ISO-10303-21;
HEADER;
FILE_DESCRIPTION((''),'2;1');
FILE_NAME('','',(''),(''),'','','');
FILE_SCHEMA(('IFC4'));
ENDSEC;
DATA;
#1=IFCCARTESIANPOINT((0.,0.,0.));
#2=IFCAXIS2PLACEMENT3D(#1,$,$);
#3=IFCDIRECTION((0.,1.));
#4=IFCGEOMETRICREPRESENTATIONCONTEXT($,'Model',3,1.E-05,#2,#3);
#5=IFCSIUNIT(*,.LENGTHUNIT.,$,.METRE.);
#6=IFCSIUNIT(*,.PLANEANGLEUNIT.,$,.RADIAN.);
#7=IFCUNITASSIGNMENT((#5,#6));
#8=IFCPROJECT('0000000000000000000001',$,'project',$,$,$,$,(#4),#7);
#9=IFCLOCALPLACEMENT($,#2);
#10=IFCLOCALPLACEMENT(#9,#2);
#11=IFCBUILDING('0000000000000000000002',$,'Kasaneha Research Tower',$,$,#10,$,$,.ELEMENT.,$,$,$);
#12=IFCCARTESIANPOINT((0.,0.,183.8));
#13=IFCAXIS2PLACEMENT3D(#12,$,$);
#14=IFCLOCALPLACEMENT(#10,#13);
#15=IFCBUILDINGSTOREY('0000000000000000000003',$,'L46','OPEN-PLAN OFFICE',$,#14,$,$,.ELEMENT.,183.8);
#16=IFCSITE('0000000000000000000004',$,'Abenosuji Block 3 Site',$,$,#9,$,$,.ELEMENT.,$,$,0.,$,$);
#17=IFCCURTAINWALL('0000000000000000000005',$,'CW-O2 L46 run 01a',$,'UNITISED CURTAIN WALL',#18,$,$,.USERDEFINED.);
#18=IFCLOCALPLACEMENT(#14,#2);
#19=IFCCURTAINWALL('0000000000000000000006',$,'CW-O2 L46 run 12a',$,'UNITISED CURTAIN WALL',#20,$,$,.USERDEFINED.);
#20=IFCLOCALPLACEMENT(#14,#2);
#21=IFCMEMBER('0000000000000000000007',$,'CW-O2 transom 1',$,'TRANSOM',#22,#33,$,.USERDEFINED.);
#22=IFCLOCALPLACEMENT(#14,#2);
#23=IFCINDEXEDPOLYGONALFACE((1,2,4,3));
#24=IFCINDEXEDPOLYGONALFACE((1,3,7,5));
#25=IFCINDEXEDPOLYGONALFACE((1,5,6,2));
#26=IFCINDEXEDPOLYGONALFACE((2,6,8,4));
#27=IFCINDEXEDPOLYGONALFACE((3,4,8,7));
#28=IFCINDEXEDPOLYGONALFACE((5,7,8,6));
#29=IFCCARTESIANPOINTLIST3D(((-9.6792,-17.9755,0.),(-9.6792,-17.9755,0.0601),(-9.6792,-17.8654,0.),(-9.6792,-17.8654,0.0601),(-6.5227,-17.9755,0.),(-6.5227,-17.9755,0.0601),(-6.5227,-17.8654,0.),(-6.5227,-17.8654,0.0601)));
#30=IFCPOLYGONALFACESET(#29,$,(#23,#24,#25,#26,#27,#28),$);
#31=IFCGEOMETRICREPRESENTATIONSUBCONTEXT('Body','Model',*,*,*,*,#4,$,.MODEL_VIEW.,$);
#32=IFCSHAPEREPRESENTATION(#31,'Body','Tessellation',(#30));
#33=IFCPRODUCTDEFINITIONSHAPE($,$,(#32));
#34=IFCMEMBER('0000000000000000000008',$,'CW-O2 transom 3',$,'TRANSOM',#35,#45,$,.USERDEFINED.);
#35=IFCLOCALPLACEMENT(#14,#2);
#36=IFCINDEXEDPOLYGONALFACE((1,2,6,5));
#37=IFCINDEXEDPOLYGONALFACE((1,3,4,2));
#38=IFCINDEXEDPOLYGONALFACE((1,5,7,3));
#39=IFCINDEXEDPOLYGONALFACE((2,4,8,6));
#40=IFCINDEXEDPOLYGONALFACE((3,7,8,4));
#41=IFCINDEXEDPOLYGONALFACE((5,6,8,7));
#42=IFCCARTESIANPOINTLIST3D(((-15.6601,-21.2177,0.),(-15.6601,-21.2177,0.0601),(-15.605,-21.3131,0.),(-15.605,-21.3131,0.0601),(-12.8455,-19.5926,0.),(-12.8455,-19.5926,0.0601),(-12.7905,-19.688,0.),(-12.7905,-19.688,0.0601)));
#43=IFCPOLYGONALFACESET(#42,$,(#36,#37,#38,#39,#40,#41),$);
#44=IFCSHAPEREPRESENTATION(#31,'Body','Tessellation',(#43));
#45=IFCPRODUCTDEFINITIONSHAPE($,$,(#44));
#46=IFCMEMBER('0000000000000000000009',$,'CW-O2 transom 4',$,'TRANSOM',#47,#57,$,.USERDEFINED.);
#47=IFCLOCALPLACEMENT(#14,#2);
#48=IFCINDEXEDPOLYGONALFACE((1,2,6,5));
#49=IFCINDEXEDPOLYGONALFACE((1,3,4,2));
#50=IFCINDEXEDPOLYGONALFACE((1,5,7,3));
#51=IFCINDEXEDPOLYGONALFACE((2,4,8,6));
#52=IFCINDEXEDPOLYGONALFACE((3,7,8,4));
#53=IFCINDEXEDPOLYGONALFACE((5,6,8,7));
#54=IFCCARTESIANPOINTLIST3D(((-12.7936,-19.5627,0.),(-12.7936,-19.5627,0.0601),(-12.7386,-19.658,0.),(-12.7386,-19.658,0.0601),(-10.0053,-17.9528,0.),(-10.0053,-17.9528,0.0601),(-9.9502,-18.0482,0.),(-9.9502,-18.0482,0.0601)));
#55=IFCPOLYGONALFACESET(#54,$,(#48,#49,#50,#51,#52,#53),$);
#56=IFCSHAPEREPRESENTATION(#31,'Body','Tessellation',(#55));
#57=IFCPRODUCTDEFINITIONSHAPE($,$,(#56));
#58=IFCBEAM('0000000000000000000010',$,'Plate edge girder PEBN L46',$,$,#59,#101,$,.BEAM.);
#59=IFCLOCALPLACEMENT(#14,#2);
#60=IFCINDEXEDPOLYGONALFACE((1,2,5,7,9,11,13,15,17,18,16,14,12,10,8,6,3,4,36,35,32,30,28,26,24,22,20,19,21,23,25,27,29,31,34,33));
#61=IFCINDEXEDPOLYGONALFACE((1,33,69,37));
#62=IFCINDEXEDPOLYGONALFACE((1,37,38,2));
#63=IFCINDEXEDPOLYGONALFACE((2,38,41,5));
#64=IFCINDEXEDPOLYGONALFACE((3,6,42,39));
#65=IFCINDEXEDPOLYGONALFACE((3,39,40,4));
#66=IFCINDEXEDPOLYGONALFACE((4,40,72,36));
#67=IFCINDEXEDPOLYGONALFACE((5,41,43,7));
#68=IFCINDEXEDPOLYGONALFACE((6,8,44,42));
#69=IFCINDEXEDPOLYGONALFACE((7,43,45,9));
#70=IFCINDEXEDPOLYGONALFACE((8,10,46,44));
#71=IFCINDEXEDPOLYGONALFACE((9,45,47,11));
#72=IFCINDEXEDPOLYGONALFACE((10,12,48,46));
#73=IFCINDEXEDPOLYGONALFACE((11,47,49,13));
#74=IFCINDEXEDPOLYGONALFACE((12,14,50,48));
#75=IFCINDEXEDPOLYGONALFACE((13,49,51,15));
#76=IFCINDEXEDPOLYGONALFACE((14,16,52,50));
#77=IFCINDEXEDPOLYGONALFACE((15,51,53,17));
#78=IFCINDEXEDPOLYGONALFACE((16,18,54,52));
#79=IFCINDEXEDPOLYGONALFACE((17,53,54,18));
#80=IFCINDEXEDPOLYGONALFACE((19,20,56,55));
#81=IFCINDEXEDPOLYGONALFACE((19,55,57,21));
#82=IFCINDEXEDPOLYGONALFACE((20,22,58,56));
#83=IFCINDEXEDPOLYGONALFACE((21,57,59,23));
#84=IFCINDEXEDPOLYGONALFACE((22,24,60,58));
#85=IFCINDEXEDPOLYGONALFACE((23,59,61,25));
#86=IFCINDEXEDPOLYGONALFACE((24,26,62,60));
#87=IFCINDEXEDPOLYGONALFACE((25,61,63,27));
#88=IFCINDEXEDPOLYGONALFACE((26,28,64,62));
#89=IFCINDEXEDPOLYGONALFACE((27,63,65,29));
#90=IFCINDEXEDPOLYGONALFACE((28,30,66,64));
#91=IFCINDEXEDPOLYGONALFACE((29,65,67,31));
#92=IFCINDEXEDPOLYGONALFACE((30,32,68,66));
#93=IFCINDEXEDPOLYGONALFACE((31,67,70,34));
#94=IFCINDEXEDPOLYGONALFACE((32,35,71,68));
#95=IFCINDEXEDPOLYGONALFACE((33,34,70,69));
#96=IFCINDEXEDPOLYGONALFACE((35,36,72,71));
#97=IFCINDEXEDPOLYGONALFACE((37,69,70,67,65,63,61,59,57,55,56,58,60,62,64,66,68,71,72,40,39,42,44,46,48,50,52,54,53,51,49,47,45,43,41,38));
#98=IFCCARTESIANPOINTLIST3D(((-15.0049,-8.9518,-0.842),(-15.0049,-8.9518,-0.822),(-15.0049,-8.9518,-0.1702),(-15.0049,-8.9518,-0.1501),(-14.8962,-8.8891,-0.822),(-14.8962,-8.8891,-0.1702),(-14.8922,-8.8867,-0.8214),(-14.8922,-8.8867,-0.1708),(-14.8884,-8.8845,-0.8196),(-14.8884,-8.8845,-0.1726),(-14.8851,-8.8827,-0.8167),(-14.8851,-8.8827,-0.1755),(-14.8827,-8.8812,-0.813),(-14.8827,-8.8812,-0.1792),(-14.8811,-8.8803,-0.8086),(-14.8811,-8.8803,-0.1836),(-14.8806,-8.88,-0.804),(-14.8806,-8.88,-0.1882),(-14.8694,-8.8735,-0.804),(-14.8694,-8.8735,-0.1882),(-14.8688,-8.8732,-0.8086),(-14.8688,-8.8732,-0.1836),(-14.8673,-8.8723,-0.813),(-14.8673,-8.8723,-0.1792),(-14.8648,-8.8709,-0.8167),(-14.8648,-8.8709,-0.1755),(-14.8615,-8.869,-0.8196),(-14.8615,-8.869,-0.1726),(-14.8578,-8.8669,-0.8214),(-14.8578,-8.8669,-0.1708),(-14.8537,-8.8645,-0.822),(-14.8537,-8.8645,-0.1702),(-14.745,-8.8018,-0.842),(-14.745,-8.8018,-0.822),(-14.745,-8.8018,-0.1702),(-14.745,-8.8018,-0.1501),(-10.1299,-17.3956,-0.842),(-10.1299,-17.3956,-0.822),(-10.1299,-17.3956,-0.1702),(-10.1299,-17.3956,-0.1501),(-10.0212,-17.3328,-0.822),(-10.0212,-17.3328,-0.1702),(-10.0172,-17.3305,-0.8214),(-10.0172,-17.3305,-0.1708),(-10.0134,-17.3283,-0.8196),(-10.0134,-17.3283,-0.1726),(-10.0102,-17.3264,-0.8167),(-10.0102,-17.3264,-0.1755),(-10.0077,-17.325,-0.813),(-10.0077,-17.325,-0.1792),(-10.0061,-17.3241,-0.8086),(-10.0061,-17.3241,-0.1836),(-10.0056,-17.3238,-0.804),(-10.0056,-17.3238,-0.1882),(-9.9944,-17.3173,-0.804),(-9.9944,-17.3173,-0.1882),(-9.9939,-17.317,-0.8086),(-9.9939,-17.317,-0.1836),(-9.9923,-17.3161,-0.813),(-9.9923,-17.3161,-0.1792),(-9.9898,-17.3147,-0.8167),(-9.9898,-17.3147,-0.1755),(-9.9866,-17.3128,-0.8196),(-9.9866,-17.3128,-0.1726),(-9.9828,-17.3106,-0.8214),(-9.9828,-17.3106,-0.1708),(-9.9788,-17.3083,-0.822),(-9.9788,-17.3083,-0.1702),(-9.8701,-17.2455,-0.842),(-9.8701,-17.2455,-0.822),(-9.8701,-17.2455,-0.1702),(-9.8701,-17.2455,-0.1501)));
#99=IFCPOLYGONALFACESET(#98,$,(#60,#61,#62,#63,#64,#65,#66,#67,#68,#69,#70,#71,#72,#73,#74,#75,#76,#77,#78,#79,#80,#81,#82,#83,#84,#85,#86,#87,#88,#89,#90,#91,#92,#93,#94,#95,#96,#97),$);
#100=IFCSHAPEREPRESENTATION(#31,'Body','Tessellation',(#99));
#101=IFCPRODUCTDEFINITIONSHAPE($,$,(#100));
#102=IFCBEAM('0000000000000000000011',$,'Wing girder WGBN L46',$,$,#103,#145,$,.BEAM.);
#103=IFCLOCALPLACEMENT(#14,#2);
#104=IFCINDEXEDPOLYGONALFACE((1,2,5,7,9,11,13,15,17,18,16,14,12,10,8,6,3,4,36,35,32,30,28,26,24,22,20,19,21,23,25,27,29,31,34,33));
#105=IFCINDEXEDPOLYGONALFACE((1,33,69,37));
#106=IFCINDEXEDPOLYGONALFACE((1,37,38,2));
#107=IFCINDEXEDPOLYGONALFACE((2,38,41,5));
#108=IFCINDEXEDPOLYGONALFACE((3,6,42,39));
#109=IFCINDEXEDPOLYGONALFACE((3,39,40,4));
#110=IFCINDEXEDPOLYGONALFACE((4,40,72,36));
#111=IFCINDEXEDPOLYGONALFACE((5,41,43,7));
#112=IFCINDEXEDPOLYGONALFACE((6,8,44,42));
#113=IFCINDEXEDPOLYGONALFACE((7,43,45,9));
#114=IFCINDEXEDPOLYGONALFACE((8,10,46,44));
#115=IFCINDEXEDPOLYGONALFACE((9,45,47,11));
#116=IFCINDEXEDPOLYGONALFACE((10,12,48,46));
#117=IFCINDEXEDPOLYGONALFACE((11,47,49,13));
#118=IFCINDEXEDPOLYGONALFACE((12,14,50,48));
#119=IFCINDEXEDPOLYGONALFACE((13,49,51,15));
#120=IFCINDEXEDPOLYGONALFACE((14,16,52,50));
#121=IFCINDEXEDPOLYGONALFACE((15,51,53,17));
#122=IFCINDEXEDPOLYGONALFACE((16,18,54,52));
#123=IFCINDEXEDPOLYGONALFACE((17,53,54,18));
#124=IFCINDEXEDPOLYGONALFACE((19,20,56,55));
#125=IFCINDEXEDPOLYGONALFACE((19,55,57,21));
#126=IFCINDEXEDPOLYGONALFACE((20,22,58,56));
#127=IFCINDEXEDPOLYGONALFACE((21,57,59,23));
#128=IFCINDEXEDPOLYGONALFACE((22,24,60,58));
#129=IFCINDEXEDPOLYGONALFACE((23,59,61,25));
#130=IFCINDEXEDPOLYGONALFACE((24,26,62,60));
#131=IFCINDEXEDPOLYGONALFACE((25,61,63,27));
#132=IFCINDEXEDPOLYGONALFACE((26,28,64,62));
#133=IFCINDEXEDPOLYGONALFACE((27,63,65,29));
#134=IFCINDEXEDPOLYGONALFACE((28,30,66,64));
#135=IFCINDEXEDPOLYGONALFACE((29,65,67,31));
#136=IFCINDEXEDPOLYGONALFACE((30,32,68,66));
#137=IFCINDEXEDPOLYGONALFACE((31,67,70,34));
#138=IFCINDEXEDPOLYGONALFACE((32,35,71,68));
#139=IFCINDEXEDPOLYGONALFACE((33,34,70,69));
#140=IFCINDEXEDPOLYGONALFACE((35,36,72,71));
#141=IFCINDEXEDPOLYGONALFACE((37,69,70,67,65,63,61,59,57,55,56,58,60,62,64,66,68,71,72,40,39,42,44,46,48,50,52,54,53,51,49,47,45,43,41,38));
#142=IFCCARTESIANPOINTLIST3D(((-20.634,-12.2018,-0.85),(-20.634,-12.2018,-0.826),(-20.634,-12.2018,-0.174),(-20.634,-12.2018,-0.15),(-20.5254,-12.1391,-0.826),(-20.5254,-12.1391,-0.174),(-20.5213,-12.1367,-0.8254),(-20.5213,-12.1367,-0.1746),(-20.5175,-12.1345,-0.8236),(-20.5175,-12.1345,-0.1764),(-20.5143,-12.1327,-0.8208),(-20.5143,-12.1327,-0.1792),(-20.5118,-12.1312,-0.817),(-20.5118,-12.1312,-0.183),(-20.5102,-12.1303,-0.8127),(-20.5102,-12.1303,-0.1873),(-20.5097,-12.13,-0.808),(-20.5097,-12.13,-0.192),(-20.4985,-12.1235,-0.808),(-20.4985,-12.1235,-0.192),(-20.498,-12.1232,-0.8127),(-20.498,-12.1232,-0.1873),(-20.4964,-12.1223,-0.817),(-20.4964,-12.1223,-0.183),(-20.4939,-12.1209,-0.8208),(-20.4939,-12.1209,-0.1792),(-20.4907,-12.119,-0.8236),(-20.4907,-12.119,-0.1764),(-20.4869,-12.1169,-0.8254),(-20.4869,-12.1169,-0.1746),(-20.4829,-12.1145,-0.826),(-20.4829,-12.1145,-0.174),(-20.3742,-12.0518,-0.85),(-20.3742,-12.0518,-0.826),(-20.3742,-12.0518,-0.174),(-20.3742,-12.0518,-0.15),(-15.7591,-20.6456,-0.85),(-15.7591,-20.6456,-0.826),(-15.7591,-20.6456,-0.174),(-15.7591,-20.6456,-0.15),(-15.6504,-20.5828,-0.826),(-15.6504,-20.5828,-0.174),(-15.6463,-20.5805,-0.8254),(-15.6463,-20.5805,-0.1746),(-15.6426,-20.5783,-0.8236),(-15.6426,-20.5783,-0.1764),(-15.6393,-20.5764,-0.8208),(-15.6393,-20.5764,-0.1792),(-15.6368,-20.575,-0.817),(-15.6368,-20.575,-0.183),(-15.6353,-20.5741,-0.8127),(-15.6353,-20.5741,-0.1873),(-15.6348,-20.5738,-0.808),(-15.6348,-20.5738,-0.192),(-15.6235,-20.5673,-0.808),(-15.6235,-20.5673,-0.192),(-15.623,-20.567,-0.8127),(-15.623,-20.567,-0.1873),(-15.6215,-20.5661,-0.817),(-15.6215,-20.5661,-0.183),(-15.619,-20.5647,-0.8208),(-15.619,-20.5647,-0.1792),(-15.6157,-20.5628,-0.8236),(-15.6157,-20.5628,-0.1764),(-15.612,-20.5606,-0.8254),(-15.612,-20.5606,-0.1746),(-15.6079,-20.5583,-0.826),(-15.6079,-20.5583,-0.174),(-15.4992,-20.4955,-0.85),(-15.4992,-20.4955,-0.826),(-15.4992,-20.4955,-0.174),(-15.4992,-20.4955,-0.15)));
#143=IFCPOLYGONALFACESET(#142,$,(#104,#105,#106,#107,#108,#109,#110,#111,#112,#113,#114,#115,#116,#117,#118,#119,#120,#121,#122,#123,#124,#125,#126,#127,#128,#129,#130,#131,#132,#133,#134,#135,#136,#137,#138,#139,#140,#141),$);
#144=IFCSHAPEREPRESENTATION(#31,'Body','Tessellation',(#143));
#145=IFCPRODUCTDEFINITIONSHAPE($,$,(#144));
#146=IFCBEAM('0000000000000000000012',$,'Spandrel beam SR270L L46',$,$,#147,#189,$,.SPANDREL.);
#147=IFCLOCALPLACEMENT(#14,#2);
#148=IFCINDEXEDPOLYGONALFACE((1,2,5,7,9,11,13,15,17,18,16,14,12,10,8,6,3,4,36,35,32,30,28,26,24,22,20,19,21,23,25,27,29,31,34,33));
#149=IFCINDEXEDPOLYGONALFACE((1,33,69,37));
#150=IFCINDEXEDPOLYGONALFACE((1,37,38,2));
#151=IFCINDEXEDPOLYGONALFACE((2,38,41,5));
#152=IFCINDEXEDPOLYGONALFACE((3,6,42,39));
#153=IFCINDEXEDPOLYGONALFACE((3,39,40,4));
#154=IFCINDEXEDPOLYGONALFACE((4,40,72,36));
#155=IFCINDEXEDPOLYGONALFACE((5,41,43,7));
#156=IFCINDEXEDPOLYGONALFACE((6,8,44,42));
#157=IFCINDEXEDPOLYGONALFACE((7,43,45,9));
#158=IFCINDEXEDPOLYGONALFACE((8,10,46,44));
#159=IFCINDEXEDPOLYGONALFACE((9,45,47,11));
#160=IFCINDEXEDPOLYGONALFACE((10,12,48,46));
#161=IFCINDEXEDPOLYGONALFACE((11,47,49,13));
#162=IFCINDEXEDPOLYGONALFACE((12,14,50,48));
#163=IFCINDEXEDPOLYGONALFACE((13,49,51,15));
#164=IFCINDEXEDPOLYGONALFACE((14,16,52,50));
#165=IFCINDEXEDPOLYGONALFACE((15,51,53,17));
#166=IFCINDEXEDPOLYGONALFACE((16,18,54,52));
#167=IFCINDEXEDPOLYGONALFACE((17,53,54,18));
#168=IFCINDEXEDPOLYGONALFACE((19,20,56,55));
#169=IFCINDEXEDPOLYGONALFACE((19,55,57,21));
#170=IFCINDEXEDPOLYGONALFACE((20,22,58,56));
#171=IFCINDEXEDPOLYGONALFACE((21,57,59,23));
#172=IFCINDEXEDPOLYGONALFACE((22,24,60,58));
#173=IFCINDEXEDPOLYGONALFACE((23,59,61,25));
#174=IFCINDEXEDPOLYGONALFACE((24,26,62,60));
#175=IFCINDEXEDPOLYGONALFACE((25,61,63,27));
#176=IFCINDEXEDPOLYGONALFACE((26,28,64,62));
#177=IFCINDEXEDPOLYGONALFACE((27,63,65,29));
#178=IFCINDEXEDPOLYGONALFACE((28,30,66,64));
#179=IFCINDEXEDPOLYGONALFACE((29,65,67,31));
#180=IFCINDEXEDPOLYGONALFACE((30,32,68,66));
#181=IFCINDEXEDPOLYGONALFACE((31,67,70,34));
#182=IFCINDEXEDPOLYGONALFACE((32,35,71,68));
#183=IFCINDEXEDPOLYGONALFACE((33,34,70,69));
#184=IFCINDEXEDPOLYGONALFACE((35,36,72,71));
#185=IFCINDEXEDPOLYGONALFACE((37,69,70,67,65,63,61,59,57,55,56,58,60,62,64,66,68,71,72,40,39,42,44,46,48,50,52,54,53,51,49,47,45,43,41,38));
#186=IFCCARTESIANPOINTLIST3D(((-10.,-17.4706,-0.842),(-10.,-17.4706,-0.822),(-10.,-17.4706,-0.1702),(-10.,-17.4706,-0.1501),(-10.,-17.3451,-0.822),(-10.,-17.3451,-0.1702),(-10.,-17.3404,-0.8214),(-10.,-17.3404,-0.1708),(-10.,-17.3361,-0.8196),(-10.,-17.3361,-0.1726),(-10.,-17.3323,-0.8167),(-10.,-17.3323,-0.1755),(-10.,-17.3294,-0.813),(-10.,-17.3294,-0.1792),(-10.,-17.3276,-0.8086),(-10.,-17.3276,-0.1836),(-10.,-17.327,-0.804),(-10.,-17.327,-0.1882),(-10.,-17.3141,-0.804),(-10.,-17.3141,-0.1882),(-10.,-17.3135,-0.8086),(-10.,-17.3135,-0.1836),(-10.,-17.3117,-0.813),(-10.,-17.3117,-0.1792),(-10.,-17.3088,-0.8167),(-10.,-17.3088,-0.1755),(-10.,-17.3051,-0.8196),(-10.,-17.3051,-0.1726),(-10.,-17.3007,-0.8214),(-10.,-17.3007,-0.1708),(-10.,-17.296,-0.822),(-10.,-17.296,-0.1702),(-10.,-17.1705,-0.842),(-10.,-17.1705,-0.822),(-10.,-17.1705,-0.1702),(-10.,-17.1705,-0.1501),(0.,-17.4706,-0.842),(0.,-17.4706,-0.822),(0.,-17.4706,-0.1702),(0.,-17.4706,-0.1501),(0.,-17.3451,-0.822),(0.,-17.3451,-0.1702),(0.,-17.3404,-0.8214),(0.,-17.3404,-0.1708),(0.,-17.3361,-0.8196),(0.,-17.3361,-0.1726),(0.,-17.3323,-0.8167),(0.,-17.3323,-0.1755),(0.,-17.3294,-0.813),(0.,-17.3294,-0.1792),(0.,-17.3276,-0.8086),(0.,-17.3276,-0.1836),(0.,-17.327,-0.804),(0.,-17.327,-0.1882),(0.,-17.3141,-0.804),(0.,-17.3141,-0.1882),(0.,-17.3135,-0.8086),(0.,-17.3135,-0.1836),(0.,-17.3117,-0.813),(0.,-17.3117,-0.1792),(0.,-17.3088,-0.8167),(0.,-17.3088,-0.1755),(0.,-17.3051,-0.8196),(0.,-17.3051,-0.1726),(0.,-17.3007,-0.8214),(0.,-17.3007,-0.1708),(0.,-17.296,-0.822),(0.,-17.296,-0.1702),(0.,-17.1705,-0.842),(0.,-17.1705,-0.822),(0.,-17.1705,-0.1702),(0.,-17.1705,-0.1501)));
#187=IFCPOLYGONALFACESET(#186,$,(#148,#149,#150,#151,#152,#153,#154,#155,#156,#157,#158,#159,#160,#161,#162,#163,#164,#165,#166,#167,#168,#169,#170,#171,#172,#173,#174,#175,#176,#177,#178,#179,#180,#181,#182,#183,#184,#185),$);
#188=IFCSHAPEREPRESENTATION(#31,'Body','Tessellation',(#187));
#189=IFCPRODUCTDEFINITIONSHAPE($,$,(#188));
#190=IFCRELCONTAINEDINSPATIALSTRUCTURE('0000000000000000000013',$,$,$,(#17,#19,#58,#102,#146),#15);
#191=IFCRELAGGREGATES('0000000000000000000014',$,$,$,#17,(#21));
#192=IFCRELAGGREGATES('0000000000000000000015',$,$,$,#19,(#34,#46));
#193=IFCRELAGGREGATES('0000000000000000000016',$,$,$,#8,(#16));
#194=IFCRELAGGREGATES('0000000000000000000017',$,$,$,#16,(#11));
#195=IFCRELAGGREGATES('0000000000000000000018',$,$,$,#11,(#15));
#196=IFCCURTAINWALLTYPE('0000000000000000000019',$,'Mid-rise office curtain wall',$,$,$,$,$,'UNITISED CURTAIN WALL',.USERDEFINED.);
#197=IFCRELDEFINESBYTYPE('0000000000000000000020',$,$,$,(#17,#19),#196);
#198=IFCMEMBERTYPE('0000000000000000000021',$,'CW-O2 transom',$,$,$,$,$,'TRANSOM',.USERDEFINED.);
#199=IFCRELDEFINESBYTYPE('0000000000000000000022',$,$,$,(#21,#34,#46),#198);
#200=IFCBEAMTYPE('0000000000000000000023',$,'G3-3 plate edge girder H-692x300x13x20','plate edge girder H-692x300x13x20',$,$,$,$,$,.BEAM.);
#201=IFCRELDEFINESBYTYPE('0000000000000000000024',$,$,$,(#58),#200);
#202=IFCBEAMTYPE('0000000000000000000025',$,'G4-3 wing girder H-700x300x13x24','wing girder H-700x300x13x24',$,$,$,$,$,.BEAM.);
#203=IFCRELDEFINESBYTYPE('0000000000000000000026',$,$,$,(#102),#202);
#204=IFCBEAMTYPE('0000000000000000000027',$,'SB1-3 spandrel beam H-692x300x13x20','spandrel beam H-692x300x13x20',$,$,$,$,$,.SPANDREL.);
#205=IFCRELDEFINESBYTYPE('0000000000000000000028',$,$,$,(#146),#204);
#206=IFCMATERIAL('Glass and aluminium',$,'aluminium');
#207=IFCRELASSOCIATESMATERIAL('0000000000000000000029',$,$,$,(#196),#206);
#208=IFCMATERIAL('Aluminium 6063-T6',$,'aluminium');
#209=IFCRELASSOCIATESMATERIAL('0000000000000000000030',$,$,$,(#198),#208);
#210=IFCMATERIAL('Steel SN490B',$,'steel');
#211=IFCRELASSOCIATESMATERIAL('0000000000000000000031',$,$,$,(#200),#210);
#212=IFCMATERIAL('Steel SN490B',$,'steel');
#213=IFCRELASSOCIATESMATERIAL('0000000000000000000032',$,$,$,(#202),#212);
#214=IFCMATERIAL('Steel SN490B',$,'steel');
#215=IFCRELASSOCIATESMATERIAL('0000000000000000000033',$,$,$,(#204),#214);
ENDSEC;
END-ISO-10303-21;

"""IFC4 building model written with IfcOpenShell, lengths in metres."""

from ifc_helpers import new_model, si_unit, direction, frame, origin, origin_2d, place, context, subcontext, project, spatial, rectangle, i_section, extrude, material, material_profile, profile_set, type_object, element, aggregate, save


model = new_model("IFC4")

# Units and contexts
model_context = context("Model", 3, precision=1e-05, world=origin(), true_north=direction((0.0, 1.0)))
body_context = subcontext(model_context, "Body", "Model", "MODEL_VIEW")
ifc_project = project(units=[si_unit("LENGTHUNIT", "METRE"), si_unit("PLANEANGLEUNIT", "RADIAN")], contexts=[model_context])

# Site, building, storey
site_placement = place(None, origin())
site = spatial("IfcSite", under=ifc_project, at=site_placement, Name="Abenosuji Block 3 Site", CompositionType="ELEMENT", RefElevation=0.0)
building_placement = place(site_placement, origin())
building = spatial("IfcBuilding", under=site, at=building_placement, Name="Kasaneha Research Tower", CompositionType="ELEMENT")
storey_placement = place(building_placement, frame((0.0, 0.0, 183.8)))
storey = spatial("IfcBuildingStorey", under=building, at=storey_placement, Name="L46", Description="OPEN-PLAN OFFICE", CompositionType="ELEMENT", Elevation=183.8)

# Curtain wall
ifc_material_1 = material(Name="Glass and aluminium", Category="aluminium")
curtain_wall_type = type_object("IfcCurtainWallType", Name="Mid-rise office curtain wall", ElementType="UNITISED CURTAIN WALL", PredefinedType="USERDEFINED", material=ifc_material_1)
curtain_wall_1_placement = place(storey_placement, origin())
curtain_wall_1 = element("IfcCurtainWall", 1, at=curtain_wall_1_placement, inside=storey, type_object=curtain_wall_type, Name="CW-O2 L46 run 01a", ObjectType="UNITISED CURTAIN WALL", PredefinedType="USERDEFINED")

# Curtain wall
curtain_wall_2_placement = place(storey_placement, origin())
curtain_wall_2 = element("IfcCurtainWall", 2, at=curtain_wall_2_placement, inside=storey, type_object=curtain_wall_type, Name="CW-O2 L46 run 12a", ObjectType="UNITISED CURTAIN WALL", PredefinedType="USERDEFINED")

# Members
ifc_material_2 = material(Name="Aluminium 6063-T6", Category="aluminium")
ifc_material_profile_1 = material_profile(ifc_material_2, rectangle(XDim=0.1101, YDim=0.0601, at=origin_2d()), Name="CW-O2 transom 110x60")
ifc_profile_set_1 = profile_set([ifc_material_profile_1], Name="Aluminium 6063-T6")
member_type_1 = type_object("IfcMemberType", Name="CW-O2 transom", ElementType="TRANSOM", PredefinedType="USERDEFINED", material=ifc_profile_set_1)
member_1_placement = place(storey_placement, frame((-9.6792, -17.9204, 0.03), z_axis=(1.0, 0.0, 0.0), x_axis=(0.0, 1.0, 0.0)))
member_1 = element("IfcMember", 3, at=member_1_placement, type_object=member_type_1, Name="CW-O2 transom 1", ObjectType="TRANSOM", PredefinedType="USERDEFINED", context=body_context, shape_type="SweptSolid", body=[
    extrude(rectangle(XDim=0.1101, YDim=0.0601, at=origin_2d()), origin(), (0.0, 0.0, 1.0), 3.1565),
])
aggregate(curtain_wall_1, [member_1])
member_2_placement = place(storey_placement, frame((-15.6326, -21.2654, 0.03), z_axis=(0.866015, 0.500017, 0.0), x_axis=(-0.500017, 0.866015, 0.0)))
member_2 = element("IfcMember", 4, at=member_2_placement, type_object=member_type_1, Name="CW-O2 transom 3", ObjectType="TRANSOM", PredefinedType="USERDEFINED", context=body_context, shape_type="SweptSolid", body=[
    extrude(rectangle(XDim=0.1101, YDim=0.0601, at=origin_2d()), origin(), (0.0, 0.0, 1.0), 3.25),
])
member_3_placement = place(storey_placement, frame((-12.7661, -19.6104, 0.03), z_axis=(0.866023, 0.500005, 0.0), x_axis=(-0.500005, 0.866023, 0.0)))
member_3 = element("IfcMember", 5, at=member_3_placement, type_object=member_type_1, Name="CW-O2 transom 4", ObjectType="TRANSOM", PredefinedType="USERDEFINED", context=body_context, shape_type="SweptSolid", body=[
    extrude(rectangle(XDim=0.1101, YDim=0.0601, at=origin_2d()), origin(), (0.0, 0.0, 1.0), 3.2197),
])

# Beams
ifc_material_3 = material(Name="Steel SN490B", Category="steel")
ifc_material_profile_2 = material_profile(ifc_material_3, i_section(OverallWidth=0.3, OverallDepth=0.6919, WebThickness=0.0129, FlangeThickness=0.02, FilletRadius=0.0181, at=origin_2d()), Name="H-692x300x13x20")
ifc_profile_set_2 = profile_set([ifc_material_profile_2], Name="Steel SN490B")
beam_type_1 = type_object("IfcBeamType", Name="G3-3 plate edge girder H-692x300x13x20", Description="plate edge girder H-692x300x13x20", PredefinedType="BEAM", material=ifc_profile_set_2)
beam_1_placement = place(storey_placement, frame((-10.0, -17.3206, -0.4961), z_axis=(-0.499996, 0.866028, 0.0), x_axis=(-0.866028, -0.499996, 0.0)))
element("IfcBeam", 6, at=beam_1_placement, inside=storey, type_object=beam_type_1, Name="Plate edge girder PEBN L46", PredefinedType="BEAM", context=body_context, shape_type="SweptSolid", body=[
    extrude(i_section(OverallWidth=0.3, OverallDepth=0.6919, WebThickness=0.0129, FlangeThickness=0.02, FilletRadius=0.0181, at=origin_2d()), origin(), (0.0, 0.0, 1.0), 9.75),
])
ifc_material_4 = material(Name="Steel SN490B", Category="steel")
ifc_material_profile_3 = material_profile(ifc_material_4, i_section(OverallWidth=0.3, OverallDepth=0.7, WebThickness=0.0129, FlangeThickness=0.0239, FilletRadius=0.0181, at=origin_2d()), Name="H-700x300x13x24")
ifc_profile_set_3 = profile_set([ifc_material_profile_3], Name="Steel SN490B")
beam_type_2 = type_object("IfcBeamType", Name="G4-3 wing girder H-700x300x13x24", Description="wing girder H-700x300x13x24", PredefinedType="BEAM", material=ifc_profile_set_3)
beam_2_placement = place(storey_placement, frame((-15.6292, -20.5706, -0.5), z_axis=(-0.499996, 0.866028, 0.0), x_axis=(-0.866028, -0.499996, 0.0)))
element("IfcBeam", 7, at=beam_2_placement, inside=storey, type_object=beam_type_2, Name="Wing girder WGBN L46", PredefinedType="BEAM", context=body_context, shape_type="SweptSolid", body=[
    extrude(i_section(OverallWidth=0.3, OverallDepth=0.7, WebThickness=0.0129, FlangeThickness=0.0239, FilletRadius=0.0181, at=origin_2d()), origin(), (0.0, 0.0, 1.0), 9.75),
])
ifc_material_5 = material(Name="Steel SN490B", Category="steel")
ifc_material_profile_4 = material_profile(ifc_material_5, i_section(OverallWidth=0.3, OverallDepth=0.6919, WebThickness=0.0129, FlangeThickness=0.02, FilletRadius=0.0181, at=origin_2d()), Name="H-692x300x13x20")
ifc_profile_set_4 = profile_set([ifc_material_profile_4], Name="Steel SN490B")
beam_type_3 = type_object("IfcBeamType", Name="SB1-3 spandrel beam H-692x300x13x20", Description="spandrel beam H-692x300x13x20", PredefinedType="SPANDREL", material=ifc_profile_set_4)
beam_3_placement = place(storey_placement, frame((-10.0, -17.3206, -0.4961), z_axis=(1.0, 0.0, 0.0), x_axis=(0.0, 1.0, 0.0)))
element("IfcBeam", 8, at=beam_3_placement, inside=storey, type_object=beam_type_3, Name="Spandrel beam SR270L L46", PredefinedType="SPANDREL", context=body_context, shape_type="SweptSolid", body=[
    extrude(i_section(OverallWidth=0.3, OverallDepth=0.6919, WebThickness=0.0129, FlangeThickness=0.02, FilletRadius=0.0181, at=origin_2d()), origin(), (0.0, 0.0, 1.0), 10.0),
])

aggregate(curtain_wall_2, [member_2, member_3])

save(model, "model.ifc")
